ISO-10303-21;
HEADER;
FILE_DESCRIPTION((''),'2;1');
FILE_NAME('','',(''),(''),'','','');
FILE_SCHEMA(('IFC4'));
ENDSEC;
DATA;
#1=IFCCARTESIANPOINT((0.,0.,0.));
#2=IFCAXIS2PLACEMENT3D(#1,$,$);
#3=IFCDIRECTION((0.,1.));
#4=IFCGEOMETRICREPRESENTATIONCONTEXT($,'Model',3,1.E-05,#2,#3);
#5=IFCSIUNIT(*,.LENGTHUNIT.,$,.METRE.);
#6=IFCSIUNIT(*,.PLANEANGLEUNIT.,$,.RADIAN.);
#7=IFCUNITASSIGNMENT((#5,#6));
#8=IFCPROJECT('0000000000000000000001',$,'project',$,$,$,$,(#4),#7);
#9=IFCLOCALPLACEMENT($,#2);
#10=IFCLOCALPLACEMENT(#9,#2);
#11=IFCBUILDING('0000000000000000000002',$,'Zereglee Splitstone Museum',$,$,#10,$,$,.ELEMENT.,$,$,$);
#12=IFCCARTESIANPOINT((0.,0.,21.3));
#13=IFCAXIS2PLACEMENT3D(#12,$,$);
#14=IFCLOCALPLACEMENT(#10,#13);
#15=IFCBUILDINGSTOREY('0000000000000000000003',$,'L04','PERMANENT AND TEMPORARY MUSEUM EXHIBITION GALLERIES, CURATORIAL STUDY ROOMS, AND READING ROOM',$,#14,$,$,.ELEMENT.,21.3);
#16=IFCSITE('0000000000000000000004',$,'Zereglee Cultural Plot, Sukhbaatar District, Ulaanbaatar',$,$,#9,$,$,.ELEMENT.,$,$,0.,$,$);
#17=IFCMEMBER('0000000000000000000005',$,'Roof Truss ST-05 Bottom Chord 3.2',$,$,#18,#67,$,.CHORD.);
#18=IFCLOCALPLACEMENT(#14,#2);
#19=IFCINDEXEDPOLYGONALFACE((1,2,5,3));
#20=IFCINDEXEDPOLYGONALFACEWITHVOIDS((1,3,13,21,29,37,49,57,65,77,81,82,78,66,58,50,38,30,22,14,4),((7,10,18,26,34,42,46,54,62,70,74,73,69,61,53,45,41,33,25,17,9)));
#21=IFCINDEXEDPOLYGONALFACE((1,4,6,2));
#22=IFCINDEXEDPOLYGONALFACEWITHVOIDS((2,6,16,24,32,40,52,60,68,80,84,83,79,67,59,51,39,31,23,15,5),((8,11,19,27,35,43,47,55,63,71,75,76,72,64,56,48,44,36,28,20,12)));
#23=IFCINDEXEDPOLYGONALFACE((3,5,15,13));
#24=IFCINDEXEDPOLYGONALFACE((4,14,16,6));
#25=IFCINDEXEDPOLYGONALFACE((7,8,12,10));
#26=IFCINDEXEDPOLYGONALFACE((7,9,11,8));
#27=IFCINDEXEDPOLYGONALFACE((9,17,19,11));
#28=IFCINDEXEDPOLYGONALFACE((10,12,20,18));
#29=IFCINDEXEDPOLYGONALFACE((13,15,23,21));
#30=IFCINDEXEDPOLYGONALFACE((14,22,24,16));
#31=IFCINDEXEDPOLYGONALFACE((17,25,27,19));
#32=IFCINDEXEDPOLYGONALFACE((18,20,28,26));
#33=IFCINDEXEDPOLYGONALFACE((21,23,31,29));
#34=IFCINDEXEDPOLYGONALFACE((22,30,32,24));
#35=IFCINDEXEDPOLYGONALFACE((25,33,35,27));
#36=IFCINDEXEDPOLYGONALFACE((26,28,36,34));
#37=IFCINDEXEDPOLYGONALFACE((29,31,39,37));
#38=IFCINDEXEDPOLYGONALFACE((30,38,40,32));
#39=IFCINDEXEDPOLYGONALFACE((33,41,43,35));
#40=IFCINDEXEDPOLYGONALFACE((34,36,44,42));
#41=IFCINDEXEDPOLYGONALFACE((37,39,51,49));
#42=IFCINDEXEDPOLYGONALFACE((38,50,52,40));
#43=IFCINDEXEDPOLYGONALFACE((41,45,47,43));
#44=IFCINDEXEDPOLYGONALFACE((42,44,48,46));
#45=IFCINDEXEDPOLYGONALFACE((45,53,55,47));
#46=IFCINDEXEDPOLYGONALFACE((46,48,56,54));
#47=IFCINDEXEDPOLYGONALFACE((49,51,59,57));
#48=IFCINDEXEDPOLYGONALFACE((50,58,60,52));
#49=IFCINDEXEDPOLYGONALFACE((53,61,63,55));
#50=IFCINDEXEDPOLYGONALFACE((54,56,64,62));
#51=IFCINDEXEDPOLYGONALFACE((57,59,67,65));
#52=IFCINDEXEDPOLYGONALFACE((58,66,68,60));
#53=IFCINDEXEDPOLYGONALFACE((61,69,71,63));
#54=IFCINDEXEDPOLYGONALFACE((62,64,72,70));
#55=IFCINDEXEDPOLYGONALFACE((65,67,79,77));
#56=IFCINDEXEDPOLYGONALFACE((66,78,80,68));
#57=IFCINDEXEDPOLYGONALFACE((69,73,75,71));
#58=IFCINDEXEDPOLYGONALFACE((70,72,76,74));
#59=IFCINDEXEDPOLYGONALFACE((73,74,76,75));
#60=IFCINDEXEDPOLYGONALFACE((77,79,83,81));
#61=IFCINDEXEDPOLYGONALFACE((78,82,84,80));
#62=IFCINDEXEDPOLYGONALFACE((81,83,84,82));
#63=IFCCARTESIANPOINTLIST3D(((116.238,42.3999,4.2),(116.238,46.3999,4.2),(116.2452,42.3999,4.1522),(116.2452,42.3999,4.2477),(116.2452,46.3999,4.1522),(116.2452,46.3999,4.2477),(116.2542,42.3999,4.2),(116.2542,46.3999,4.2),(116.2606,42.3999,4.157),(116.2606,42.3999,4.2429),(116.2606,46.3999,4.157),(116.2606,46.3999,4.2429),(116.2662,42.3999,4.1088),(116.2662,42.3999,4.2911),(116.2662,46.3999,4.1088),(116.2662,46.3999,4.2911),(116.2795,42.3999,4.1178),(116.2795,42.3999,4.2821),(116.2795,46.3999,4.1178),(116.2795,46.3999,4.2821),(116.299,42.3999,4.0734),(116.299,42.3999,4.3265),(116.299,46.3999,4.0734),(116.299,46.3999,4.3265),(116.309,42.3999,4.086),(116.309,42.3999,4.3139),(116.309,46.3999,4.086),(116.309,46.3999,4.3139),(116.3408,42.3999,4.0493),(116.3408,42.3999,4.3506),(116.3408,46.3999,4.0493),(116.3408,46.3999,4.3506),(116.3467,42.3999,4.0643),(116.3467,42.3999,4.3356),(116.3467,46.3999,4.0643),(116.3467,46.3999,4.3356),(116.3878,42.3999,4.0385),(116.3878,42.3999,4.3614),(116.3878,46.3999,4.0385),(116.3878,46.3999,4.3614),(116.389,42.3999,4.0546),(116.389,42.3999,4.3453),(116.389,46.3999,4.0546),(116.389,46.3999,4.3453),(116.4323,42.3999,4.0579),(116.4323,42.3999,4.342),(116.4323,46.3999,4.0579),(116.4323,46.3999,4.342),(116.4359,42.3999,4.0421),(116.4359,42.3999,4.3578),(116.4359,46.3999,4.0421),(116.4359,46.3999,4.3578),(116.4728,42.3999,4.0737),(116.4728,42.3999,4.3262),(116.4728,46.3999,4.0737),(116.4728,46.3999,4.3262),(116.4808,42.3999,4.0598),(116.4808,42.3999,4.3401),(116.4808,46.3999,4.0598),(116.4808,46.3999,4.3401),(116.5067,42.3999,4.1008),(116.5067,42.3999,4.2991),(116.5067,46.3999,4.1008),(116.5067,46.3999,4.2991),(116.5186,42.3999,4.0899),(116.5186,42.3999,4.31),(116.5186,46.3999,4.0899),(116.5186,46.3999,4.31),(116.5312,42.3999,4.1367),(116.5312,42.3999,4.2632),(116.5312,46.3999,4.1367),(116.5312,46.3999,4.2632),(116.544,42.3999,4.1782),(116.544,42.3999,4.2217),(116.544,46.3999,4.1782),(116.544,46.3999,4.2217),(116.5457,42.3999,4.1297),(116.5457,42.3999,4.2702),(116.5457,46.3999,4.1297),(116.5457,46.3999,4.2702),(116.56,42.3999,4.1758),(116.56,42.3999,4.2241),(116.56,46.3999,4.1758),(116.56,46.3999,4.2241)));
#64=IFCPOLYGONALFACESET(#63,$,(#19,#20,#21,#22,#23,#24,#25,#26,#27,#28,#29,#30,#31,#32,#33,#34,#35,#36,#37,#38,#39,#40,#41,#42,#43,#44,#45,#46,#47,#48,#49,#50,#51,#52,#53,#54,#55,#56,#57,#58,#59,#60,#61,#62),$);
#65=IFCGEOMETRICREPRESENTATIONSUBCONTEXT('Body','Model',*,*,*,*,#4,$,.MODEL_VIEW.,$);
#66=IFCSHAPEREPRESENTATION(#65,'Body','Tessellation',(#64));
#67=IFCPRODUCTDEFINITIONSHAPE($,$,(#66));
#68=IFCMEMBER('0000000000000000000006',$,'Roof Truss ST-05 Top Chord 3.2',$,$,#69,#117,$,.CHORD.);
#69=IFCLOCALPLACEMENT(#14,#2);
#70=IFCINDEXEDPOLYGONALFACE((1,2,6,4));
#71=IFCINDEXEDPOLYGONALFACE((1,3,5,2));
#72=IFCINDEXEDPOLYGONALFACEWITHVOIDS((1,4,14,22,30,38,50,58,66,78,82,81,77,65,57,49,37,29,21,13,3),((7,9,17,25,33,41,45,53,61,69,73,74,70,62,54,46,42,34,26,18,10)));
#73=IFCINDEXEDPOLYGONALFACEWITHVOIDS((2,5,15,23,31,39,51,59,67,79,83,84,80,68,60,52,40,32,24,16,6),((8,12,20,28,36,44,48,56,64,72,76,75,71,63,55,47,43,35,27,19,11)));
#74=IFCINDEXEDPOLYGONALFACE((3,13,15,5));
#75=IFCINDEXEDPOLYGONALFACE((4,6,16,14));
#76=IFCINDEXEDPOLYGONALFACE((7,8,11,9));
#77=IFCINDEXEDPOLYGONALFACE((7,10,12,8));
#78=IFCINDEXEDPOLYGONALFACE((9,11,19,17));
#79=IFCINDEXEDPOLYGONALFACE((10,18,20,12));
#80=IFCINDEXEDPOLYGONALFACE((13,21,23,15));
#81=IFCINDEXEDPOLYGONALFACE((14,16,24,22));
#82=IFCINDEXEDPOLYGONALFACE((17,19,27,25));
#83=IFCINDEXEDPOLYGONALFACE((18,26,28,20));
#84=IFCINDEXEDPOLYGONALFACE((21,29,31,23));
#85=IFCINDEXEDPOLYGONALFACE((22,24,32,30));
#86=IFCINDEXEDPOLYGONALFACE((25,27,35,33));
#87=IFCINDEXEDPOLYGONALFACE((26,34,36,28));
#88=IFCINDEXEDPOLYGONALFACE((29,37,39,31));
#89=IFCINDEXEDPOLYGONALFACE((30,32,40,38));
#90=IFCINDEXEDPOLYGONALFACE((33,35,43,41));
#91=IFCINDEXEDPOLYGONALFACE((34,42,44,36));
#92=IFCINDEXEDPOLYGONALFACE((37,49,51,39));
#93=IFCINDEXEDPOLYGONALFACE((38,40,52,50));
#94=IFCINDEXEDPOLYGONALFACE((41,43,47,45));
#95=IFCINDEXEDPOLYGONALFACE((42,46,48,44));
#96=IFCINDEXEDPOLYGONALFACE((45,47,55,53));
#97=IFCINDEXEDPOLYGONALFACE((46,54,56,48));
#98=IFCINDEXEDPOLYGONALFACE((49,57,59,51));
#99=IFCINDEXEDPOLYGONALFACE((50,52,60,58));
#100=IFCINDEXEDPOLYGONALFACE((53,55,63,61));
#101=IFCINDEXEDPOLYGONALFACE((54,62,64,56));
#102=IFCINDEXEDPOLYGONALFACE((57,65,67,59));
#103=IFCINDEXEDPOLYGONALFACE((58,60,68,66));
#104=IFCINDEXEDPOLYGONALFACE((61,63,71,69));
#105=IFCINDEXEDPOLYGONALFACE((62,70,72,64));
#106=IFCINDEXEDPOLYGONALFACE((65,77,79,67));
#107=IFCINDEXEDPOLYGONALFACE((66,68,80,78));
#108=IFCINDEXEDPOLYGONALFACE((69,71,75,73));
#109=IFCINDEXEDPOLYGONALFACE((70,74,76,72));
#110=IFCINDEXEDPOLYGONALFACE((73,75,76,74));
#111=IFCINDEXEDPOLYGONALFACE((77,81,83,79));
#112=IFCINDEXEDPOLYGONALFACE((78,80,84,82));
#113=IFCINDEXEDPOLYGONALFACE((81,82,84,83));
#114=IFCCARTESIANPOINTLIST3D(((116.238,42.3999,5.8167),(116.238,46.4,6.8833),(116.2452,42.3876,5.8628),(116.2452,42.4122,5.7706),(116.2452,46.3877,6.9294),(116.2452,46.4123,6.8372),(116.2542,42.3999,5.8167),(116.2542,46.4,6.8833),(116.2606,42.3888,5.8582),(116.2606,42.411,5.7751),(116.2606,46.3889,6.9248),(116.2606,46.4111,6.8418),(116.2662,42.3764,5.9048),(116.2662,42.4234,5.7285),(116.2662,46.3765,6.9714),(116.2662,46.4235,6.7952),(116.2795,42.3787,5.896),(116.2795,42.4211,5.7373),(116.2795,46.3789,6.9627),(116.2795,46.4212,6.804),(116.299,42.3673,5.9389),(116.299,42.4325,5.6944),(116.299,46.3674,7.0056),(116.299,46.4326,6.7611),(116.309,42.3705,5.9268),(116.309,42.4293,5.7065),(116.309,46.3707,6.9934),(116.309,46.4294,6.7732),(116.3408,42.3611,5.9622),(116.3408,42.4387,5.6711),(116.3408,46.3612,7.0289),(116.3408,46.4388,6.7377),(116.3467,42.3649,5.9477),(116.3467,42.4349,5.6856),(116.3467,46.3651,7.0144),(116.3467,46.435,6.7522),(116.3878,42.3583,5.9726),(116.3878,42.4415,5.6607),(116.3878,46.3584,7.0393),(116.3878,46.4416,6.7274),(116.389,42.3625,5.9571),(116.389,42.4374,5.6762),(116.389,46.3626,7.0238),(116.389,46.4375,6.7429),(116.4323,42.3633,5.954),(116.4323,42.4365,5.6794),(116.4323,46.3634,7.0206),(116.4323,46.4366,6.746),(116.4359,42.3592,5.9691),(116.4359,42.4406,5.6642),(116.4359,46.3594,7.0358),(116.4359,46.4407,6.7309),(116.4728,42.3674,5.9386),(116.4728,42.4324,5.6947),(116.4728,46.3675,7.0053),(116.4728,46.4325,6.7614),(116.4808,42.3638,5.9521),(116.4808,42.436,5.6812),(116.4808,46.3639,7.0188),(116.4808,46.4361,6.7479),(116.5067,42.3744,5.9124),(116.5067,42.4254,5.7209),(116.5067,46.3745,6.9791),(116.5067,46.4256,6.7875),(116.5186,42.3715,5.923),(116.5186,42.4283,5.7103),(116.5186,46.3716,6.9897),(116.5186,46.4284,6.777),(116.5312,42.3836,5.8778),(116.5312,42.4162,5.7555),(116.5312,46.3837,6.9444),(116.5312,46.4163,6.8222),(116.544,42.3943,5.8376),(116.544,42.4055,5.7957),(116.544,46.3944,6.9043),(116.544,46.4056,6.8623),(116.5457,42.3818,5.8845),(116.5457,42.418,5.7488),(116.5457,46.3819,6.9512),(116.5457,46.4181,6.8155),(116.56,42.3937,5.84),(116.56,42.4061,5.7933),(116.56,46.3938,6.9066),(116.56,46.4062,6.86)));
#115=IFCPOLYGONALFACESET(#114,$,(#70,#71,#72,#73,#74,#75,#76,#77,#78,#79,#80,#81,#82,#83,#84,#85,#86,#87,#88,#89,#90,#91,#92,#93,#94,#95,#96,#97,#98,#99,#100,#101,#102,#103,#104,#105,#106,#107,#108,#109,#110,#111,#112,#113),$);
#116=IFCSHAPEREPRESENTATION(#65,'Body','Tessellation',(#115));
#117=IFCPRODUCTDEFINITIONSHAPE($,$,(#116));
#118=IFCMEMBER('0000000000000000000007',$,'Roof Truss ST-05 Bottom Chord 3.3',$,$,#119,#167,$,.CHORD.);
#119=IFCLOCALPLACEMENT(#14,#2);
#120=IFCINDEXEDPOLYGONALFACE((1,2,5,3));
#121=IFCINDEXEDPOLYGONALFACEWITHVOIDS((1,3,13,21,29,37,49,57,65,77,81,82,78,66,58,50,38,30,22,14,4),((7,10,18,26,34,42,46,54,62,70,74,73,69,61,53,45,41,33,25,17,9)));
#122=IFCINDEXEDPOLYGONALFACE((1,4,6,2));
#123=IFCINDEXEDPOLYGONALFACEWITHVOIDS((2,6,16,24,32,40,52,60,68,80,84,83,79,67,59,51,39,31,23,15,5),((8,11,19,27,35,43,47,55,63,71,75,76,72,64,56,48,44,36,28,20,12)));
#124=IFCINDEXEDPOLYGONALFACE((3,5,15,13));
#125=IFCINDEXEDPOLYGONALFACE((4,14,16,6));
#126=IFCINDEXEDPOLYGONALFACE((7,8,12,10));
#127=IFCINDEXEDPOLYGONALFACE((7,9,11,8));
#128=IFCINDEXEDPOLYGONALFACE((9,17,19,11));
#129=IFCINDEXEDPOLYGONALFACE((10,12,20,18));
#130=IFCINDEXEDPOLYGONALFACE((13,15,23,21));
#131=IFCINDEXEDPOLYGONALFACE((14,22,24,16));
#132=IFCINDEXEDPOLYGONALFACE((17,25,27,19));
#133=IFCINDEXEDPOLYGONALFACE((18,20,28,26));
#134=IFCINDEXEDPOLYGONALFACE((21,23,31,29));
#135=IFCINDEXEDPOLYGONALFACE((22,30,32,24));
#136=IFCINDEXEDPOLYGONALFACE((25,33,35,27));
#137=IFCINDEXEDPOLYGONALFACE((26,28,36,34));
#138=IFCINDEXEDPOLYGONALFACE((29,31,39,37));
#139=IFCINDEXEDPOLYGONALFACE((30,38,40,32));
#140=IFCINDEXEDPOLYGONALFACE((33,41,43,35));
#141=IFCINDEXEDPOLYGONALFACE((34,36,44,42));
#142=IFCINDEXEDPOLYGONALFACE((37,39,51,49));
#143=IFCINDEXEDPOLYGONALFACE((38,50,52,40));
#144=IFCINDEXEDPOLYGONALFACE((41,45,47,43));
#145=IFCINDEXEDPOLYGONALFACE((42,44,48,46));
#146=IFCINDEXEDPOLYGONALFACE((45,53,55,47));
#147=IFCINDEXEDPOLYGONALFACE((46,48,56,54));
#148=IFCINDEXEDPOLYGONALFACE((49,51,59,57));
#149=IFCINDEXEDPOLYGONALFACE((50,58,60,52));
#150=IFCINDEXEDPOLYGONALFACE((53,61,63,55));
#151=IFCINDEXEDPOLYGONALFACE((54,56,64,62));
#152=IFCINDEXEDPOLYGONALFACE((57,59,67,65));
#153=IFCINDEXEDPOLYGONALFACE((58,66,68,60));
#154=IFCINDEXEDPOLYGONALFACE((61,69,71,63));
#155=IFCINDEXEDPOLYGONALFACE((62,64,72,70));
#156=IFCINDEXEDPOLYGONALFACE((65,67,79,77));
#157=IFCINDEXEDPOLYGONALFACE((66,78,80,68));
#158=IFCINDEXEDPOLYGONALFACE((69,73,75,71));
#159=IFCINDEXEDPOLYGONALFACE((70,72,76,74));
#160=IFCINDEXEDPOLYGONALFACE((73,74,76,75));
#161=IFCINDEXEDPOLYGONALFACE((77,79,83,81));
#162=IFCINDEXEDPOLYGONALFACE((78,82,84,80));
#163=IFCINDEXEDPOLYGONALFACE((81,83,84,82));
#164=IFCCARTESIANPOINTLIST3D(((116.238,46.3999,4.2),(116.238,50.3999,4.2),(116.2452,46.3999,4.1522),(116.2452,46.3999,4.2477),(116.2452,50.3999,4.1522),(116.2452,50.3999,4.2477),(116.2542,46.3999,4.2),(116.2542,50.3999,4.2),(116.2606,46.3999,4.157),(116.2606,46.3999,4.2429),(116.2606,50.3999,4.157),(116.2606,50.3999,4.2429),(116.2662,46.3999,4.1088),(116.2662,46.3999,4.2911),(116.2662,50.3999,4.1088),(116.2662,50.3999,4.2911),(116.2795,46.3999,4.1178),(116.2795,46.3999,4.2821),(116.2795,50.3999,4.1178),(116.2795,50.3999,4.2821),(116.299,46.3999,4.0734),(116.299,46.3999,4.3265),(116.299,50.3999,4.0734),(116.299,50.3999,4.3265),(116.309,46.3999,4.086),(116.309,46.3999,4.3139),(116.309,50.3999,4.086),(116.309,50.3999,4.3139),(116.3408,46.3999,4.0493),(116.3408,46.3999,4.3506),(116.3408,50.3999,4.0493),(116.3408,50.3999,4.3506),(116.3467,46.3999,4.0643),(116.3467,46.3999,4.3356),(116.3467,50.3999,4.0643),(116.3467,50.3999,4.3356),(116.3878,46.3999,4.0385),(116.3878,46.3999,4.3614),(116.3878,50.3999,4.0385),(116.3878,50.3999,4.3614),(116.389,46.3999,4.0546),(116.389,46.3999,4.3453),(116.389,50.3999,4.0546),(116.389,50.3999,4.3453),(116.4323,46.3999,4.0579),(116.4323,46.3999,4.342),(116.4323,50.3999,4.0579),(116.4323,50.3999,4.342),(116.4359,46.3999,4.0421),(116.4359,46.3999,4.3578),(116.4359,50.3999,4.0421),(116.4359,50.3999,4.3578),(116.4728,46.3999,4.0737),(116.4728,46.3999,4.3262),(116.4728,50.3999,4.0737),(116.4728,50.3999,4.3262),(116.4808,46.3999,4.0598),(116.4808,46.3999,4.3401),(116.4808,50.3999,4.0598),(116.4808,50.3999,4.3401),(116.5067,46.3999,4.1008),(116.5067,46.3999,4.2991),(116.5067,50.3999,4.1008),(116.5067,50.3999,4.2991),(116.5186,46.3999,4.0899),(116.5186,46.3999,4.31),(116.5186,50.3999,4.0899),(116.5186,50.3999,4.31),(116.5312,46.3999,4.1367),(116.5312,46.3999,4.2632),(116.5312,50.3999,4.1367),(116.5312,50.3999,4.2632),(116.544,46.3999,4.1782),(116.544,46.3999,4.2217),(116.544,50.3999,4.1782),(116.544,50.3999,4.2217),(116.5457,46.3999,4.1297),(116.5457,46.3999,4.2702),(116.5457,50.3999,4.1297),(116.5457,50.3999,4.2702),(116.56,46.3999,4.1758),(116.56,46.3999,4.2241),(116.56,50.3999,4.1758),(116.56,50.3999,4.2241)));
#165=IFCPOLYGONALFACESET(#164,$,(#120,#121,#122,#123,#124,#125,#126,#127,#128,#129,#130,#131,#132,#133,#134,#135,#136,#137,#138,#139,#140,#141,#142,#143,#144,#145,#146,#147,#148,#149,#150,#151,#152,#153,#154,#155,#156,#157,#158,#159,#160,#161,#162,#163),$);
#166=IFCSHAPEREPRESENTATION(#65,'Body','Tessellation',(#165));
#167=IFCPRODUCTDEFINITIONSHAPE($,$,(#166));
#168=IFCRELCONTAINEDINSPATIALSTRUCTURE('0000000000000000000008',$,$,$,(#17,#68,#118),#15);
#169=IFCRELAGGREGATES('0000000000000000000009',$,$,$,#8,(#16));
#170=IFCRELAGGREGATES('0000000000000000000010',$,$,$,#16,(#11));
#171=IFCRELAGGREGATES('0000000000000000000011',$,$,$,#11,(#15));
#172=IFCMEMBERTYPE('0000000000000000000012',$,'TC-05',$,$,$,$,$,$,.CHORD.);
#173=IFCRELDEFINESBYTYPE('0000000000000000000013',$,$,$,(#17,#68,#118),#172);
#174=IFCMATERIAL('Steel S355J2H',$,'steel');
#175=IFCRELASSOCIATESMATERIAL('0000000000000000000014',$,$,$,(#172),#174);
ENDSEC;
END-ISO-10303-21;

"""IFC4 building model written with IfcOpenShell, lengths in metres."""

from ifc_helpers import new_model, si_unit, direction, frame, origin, origin_2d, place, context, subcontext, project, spatial, hollow_circle, extrude, material, material_profile, profile_set, type_object, element, save


model = new_model("IFC4")

# Units and contexts
model_context = context("Model", 3, precision=1e-05, world=origin(), true_north=direction((0.0, 1.0)))
body_context = subcontext(model_context, "Body", "Model", "MODEL_VIEW")
ifc_project = project(units=[si_unit("LENGTHUNIT", "METRE"), si_unit("PLANEANGLEUNIT", "RADIAN")], contexts=[model_context])

# Site, building, storey
site_placement = place(None, origin())
site = spatial("IfcSite", under=ifc_project, at=site_placement, Name="Zereglee Cultural Plot, Sukhbaatar District, Ulaanbaatar", CompositionType="ELEMENT", RefElevation=0.0)
building_placement = place(site_placement, origin())
building = spatial("IfcBuilding", under=site, at=building_placement, Name="Zereglee Splitstone Museum", CompositionType="ELEMENT")
storey_placement = place(building_placement, frame((0.0, 0.0, 21.3)))
storey = spatial("IfcBuildingStorey", under=building, at=storey_placement, Name="L04", Description="PERMANENT AND TEMPORARY MUSEUM EXHIBITION GALLERIES, CURATORIAL STUDY ROOMS, AND READING ROOM", CompositionType="ELEMENT", Elevation=21.3)

# Members
ifc_material_1 = material(Name="Steel S355J2H", Category="steel")
ifc_material_profile_1 = material_profile(ifc_material_1, hollow_circle(Radius=0.1619, WallThickness=0.0161, at=origin_2d()), Name="CHS 323.9x16")
ifc_profile_set_1 = profile_set([ifc_material_profile_1], Name="Steel S355J2H")
member_type_1 = type_object("IfcMemberType", Name="TC-05", PredefinedType="CHORD", material=ifc_profile_set_1)
member_1_placement = place(storey_placement, frame((116.3999, 42.3999, 4.2), z_axis=(0.0, 1.0, 0.0), x_axis=(-1.0, 0.0, 0.0)))
element("IfcMember", 1, at=member_1_placement, inside=storey, type_object=member_type_1, Name="Roof Truss ST-05 Bottom Chord 3.2", PredefinedType="CHORD", context=body_context, shape_type="SweptSolid", body=[
    extrude(hollow_circle(Radius=0.1619, WallThickness=0.0161, at=origin_2d()), origin(), (0.0, 0.0, 1.0), 4.0),
])
member_2_placement = place(storey_placement, frame((116.3999, 42.3999, 5.8167), z_axis=(0.0, 0.966236, 0.257659), x_axis=(-1.0, 0.0, 0.0)))
element("IfcMember", 2, at=member_2_placement, inside=storey, type_object=member_type_1, Name="Roof Truss ST-05 Top Chord 3.2", PredefinedType="CHORD", context=body_context, shape_type="SweptSolid", body=[
    extrude(hollow_circle(Radius=0.1619, WallThickness=0.0161, at=origin_2d()), origin(), (0.0, 0.0, 1.0), 4.1399),
])
member_3_placement = place(storey_placement, frame((116.3999, 46.3999, 4.2), z_axis=(0.0, 1.0, 0.0), x_axis=(-1.0, 0.0, 0.0)))
element("IfcMember", 3, at=member_3_placement, inside=storey, type_object=member_type_1, Name="Roof Truss ST-05 Bottom Chord 3.3", PredefinedType="CHORD", context=body_context, shape_type="SweptSolid", body=[
    extrude(hollow_circle(Radius=0.1619, WallThickness=0.0161, at=origin_2d()), origin(), (0.0, 0.0, 1.0), 4.0),
])

save(model, "model.ifc")
